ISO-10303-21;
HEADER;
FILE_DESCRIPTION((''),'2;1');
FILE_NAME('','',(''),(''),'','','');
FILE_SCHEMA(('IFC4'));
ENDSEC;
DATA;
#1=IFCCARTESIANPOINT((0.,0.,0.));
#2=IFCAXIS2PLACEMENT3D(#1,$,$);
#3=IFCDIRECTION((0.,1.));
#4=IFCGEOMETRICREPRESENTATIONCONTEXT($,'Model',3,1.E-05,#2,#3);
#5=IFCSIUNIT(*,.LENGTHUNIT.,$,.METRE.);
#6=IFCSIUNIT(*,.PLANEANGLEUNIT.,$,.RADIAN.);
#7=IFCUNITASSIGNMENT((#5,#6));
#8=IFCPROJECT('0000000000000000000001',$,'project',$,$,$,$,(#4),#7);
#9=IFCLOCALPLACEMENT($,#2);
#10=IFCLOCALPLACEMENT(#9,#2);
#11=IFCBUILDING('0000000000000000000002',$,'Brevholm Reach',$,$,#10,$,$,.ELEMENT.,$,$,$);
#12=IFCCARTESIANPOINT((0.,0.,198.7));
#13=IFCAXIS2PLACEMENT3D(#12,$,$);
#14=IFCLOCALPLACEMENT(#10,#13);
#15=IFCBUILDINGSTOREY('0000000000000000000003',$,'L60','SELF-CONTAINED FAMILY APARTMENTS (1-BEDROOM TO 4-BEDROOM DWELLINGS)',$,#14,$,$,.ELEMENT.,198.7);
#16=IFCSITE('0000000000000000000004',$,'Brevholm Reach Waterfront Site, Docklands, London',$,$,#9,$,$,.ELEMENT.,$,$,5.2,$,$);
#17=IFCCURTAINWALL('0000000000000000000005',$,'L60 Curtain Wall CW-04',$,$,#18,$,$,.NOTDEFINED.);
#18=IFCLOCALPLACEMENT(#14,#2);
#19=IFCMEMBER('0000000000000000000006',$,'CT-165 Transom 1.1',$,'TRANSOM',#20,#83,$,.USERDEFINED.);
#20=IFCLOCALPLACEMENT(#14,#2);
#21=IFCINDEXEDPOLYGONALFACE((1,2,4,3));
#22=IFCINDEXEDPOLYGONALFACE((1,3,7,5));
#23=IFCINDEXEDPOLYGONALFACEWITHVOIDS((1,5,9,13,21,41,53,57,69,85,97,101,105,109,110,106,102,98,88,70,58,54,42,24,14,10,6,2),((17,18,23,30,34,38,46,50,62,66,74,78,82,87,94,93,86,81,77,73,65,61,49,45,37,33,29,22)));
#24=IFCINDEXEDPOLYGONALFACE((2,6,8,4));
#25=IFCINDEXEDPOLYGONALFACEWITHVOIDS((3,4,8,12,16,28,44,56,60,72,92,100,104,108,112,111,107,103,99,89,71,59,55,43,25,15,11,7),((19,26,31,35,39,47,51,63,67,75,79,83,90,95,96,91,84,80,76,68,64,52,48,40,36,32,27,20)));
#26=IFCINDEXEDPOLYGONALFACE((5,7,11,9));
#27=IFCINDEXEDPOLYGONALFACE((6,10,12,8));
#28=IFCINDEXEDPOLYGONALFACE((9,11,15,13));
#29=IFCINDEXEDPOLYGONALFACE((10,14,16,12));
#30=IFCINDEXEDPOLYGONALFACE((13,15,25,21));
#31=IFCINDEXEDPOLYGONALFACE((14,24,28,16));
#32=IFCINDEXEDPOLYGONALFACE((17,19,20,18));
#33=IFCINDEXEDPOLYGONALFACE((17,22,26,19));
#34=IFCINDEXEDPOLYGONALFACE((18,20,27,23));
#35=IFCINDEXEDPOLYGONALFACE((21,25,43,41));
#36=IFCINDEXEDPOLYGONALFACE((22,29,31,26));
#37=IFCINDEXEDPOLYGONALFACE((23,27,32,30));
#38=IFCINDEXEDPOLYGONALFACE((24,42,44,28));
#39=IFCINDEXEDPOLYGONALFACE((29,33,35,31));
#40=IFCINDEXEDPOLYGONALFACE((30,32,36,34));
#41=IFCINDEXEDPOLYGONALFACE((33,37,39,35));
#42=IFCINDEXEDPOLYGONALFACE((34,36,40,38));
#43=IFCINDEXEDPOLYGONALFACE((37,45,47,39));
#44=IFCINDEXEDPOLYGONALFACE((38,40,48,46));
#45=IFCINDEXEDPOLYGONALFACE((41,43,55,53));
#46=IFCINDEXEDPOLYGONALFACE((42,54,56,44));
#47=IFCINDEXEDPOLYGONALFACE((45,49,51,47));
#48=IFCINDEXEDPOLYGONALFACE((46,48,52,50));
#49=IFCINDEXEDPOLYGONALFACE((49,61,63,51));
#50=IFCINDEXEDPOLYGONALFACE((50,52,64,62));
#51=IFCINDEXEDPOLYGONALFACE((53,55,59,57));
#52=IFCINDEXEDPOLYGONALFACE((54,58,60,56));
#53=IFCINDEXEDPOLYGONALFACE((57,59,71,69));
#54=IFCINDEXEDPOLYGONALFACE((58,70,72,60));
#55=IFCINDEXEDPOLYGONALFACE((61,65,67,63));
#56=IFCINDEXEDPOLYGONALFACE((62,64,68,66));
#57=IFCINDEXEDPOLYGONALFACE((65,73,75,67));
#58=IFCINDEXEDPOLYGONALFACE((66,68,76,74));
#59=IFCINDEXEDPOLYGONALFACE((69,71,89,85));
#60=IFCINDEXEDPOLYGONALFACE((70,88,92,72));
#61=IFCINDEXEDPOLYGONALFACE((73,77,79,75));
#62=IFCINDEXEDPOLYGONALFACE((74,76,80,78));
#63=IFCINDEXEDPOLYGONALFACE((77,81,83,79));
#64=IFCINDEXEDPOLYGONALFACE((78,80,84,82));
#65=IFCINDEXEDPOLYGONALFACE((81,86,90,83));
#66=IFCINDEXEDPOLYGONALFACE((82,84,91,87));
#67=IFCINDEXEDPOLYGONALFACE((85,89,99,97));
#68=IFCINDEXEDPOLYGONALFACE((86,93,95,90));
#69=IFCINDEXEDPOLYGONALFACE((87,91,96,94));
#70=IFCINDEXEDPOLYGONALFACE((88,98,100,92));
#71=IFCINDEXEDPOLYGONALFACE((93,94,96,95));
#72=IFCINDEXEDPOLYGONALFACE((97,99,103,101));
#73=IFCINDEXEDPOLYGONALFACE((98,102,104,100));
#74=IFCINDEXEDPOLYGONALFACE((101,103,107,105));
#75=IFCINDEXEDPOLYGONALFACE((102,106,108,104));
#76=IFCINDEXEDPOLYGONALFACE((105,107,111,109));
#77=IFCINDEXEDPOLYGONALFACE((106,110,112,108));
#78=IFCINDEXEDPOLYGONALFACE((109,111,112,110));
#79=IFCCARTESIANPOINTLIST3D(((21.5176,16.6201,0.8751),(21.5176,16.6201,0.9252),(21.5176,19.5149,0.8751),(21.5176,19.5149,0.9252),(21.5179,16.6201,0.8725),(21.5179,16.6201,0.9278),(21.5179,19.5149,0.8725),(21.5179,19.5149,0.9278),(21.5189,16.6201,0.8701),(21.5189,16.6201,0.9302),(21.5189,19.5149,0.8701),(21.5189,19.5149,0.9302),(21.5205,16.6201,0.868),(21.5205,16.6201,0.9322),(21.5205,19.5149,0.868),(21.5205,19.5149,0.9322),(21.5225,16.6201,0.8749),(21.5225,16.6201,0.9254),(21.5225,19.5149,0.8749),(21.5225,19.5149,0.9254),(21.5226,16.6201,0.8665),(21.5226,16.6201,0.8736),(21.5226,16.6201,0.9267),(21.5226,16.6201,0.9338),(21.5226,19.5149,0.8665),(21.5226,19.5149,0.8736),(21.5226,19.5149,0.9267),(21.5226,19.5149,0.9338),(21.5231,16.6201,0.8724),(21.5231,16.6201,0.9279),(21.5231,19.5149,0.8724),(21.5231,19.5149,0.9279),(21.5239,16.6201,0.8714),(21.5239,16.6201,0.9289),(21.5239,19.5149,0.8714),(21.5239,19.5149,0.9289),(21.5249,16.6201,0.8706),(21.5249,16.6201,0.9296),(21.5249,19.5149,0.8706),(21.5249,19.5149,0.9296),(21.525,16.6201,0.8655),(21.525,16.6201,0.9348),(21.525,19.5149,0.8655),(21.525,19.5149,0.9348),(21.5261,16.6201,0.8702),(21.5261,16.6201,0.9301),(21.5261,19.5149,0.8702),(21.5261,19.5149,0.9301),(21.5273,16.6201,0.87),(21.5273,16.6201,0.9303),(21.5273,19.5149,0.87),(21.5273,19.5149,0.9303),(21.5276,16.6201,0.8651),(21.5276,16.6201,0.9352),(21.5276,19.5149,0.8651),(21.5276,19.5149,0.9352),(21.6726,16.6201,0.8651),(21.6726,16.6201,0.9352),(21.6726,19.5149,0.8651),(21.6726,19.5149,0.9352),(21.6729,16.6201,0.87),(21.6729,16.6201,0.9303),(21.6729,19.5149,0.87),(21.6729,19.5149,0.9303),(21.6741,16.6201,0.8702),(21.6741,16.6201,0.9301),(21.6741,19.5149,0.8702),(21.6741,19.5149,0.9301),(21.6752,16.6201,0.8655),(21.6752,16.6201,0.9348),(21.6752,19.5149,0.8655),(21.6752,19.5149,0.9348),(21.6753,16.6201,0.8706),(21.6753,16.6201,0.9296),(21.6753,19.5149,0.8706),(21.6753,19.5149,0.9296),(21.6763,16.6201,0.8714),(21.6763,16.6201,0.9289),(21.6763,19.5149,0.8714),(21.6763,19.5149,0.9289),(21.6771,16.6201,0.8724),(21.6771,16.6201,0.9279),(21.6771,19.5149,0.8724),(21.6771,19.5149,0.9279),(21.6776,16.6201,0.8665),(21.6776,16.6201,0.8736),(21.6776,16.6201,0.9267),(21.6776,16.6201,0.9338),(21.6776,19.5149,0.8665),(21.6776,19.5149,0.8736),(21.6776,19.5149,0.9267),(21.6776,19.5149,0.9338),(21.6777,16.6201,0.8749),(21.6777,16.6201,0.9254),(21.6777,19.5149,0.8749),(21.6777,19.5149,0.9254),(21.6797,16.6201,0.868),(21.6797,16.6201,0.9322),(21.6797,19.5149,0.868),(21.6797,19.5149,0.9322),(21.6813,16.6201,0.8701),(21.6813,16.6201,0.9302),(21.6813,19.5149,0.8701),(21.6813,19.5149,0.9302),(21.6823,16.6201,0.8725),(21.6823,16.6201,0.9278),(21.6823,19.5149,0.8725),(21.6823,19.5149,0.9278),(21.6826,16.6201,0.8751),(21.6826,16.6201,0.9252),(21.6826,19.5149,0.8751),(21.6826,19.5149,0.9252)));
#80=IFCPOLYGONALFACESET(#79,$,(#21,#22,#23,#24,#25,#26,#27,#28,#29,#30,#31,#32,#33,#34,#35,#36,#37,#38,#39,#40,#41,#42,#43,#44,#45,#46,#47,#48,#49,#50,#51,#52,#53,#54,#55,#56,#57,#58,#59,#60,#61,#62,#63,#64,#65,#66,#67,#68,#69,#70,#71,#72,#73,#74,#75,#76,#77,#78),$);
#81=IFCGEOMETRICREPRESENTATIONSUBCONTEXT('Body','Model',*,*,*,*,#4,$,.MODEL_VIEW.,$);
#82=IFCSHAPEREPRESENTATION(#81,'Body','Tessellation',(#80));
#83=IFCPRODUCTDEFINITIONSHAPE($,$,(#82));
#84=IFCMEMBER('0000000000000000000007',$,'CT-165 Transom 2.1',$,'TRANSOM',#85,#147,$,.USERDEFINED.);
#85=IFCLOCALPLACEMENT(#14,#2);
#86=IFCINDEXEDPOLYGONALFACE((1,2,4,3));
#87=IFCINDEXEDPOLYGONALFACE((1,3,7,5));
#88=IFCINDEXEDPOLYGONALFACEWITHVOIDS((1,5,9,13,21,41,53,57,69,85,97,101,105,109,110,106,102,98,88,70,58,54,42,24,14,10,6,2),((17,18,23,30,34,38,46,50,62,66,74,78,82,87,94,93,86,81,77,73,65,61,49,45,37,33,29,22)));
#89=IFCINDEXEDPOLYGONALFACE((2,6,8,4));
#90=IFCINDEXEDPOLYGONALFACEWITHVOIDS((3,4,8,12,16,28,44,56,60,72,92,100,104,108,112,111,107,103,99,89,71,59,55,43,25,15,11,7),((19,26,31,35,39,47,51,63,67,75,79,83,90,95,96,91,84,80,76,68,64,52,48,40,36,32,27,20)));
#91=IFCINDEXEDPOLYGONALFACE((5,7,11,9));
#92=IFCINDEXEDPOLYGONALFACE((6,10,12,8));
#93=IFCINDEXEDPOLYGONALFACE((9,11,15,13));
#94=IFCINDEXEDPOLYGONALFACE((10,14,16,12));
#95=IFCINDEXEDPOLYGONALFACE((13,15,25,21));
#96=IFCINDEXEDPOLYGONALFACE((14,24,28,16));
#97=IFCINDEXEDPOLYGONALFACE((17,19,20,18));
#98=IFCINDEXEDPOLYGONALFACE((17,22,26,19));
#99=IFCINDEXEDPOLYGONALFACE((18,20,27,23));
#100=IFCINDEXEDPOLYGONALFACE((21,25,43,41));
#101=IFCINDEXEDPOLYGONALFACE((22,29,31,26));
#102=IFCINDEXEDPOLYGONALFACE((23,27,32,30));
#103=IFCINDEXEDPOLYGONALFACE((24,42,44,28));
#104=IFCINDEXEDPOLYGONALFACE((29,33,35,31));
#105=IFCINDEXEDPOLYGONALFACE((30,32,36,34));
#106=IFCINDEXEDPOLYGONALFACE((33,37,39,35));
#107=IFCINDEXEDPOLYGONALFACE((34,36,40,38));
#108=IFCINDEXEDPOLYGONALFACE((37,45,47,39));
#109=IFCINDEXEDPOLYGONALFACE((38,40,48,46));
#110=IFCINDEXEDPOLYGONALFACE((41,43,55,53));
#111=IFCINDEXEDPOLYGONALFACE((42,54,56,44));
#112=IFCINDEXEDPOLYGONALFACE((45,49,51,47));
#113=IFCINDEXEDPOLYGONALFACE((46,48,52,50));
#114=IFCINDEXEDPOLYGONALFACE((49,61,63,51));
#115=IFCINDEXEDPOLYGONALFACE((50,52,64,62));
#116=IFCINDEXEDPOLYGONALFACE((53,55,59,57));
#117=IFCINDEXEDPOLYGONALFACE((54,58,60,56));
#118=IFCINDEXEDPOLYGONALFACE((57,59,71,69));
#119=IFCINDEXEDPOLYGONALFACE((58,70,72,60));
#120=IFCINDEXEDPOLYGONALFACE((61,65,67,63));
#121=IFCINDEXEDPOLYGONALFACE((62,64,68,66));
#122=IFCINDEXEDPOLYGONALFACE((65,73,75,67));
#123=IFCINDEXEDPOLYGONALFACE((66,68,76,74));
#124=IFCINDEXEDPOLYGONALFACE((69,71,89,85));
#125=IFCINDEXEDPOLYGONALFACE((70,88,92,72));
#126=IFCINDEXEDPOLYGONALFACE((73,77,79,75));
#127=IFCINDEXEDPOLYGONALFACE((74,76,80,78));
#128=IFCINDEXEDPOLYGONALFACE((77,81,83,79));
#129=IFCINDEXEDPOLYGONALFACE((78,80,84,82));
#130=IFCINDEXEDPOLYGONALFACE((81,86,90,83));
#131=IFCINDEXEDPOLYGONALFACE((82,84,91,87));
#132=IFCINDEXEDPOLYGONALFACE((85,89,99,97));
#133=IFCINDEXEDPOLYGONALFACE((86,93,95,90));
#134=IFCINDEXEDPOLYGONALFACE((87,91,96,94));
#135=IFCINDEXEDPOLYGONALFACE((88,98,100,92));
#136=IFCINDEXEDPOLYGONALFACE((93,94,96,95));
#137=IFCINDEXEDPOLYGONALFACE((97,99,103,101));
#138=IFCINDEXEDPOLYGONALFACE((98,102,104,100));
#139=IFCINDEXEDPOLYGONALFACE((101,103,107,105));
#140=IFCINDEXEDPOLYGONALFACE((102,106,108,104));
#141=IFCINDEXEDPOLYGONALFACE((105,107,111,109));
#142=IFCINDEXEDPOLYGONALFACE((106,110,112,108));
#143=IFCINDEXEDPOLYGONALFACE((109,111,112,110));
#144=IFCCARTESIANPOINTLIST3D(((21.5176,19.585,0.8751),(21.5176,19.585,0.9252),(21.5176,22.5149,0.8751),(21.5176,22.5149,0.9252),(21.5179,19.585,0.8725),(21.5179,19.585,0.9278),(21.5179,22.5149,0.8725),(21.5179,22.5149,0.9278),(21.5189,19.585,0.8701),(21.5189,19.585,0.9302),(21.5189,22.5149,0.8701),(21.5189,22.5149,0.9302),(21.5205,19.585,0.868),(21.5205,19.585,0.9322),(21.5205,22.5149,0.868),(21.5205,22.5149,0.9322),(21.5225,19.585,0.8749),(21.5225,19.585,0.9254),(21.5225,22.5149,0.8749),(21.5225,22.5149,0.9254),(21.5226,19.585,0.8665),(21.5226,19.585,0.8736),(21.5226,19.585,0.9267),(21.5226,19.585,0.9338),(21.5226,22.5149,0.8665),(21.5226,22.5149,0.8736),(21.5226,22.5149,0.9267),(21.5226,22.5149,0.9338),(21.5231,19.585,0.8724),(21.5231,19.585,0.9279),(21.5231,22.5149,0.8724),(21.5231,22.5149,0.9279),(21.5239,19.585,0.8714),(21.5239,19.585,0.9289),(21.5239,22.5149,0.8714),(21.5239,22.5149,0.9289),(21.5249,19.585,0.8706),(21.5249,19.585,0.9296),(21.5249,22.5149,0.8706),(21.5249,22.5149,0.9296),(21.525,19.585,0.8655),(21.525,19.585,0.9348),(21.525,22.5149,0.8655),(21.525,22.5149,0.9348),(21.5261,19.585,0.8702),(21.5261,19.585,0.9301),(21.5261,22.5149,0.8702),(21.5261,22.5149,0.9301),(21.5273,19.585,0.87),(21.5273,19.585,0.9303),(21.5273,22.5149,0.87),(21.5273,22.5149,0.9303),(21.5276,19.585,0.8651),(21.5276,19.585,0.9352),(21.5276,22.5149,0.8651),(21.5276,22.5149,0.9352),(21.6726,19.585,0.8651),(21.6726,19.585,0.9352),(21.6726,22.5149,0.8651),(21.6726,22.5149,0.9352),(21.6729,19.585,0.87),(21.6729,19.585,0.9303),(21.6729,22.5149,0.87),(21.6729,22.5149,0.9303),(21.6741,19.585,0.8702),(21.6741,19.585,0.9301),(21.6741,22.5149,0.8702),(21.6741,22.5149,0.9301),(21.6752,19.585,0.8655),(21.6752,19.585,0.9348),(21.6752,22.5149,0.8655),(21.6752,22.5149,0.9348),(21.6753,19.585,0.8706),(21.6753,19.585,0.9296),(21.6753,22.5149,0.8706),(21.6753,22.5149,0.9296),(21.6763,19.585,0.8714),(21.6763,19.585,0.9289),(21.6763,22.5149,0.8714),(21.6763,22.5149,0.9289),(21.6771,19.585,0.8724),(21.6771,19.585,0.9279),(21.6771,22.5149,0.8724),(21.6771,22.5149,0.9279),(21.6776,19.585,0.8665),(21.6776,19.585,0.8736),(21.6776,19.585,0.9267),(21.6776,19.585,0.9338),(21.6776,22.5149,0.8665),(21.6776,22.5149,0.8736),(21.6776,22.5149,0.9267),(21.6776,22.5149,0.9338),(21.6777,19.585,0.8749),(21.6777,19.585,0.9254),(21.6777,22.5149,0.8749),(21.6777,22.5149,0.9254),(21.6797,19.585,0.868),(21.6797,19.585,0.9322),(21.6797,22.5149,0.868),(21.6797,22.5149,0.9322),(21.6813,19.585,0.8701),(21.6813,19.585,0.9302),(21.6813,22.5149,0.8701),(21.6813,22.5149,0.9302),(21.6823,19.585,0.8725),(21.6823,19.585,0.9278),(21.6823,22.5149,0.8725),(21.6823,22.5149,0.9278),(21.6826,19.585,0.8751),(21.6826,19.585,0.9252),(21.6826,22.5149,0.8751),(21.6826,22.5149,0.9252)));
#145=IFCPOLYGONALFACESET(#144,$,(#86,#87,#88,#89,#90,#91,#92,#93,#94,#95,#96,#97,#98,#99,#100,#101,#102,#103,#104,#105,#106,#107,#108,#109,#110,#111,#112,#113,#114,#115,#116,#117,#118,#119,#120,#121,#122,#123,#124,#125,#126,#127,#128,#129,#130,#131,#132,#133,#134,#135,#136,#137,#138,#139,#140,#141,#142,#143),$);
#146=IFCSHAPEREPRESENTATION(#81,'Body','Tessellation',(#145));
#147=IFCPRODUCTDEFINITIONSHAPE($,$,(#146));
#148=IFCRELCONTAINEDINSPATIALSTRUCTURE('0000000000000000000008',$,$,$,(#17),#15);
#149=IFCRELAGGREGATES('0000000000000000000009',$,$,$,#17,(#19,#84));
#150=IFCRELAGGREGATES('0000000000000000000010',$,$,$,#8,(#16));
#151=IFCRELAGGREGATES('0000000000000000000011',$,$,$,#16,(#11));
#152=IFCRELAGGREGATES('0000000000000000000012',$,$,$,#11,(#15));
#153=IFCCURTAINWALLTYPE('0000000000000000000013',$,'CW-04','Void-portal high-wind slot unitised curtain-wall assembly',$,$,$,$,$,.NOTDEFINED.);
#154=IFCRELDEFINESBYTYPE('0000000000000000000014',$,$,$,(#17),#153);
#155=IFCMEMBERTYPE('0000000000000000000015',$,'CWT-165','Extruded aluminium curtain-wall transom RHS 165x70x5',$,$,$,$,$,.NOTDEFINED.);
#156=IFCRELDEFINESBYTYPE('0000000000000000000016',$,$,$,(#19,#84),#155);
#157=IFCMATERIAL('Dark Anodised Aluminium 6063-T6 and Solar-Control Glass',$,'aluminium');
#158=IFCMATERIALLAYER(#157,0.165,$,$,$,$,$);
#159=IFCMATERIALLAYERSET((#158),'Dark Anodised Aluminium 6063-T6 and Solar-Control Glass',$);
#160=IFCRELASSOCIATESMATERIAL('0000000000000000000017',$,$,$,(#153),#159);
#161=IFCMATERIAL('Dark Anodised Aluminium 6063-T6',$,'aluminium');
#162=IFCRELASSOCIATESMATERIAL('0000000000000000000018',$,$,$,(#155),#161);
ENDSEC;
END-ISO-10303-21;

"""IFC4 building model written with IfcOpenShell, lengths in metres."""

from ifc_helpers import new_model, si_unit, direction, frame, origin, origin_2d, place, context, subcontext, project, spatial, hollow_rectangle, extrude, material, layer, layer_set, material_profile, profile_set, type_object, element, aggregate, save


model = new_model("IFC4")

# Units and contexts
model_context = context("Model", 3, precision=1e-05, world=origin(), true_north=direction((0.0, 1.0)))
body_context = subcontext(model_context, "Body", "Model", "MODEL_VIEW")
ifc_project = project(units=[si_unit("LENGTHUNIT", "METRE"), si_unit("PLANEANGLEUNIT", "RADIAN")], contexts=[model_context])

# Site, building, storey
site_placement = place(None, origin())
site = spatial("IfcSite", under=ifc_project, at=site_placement, Name="Brevholm Reach Waterfront Site, Docklands, London", CompositionType="ELEMENT", RefElevation=5.2)
building_placement = place(site_placement, origin())
building = spatial("IfcBuilding", under=site, at=building_placement, Name="Brevholm Reach", CompositionType="ELEMENT")
storey_placement = place(building_placement, frame((0.0, 0.0, 198.7)))
storey = spatial("IfcBuildingStorey", under=building, at=storey_placement, Name="L60", Description="SELF-CONTAINED FAMILY APARTMENTS (1-BEDROOM TO 4-BEDROOM DWELLINGS)", CompositionType="ELEMENT", Elevation=198.7)

# Curtain wall, members
ifc_material_1 = material(Name="Dark Anodised Aluminium 6063-T6 and Solar-Control Glass", Category="aluminium")
ifc_layer_1 = layer(ifc_material_1, 0.165)
ifc_layer_set_1 = layer_set([ifc_layer_1], Name="Dark Anodised Aluminium 6063-T6 and Solar-Control Glass")
curtain_wall_type = type_object("IfcCurtainWallType", Name="CW-04", Description="Void-portal high-wind slot unitised curtain-wall assembly", PredefinedType="NOTDEFINED", material=ifc_layer_set_1)
curtain_wall_placement = place(storey_placement, origin())
curtain_wall = element("IfcCurtainWall", 1, at=curtain_wall_placement, inside=storey, type_object=curtain_wall_type, Name="L60 Curtain Wall CW-04", PredefinedType="NOTDEFINED")
ifc_material_2 = material(Name="Dark Anodised Aluminium 6063-T6", Category="aluminium")
ifc_material_profile_1 = material_profile(ifc_material_2, hollow_rectangle(XDim=0.0701, YDim=0.165, WallThickness=0.0049, InnerFilletRadius=0.0049, OuterFilletRadius=0.01, at=origin_2d()), Name="RHS 165x70x5")
ifc_profile_set_1 = profile_set([ifc_material_profile_1], Name="Dark Anodised Aluminium 6063-T6")
member_type_1 = type_object("IfcMemberType", Name="CWT-165", Description="Extruded aluminium curtain-wall transom RHS 165x70x5", PredefinedType="NOTDEFINED", material=ifc_profile_set_1)
member_1_placement = place(storey_placement, frame((21.6001, 16.6201, 0.9001), z_axis=(0.0, 1.0, 0.0), x_axis=(0.0, 0.0, 1.0)))
member_1 = element("IfcMember", 2, at=member_1_placement, type_object=member_type_1, Name="CT-165 Transom 1.1", ObjectType="TRANSOM", PredefinedType="USERDEFINED", context=body_context, shape_type="SweptSolid", body=[
    extrude(hollow_rectangle(XDim=0.0701, YDim=0.165, WallThickness=0.0049, InnerFilletRadius=0.0049, OuterFilletRadius=0.01, at=origin_2d()), origin(), (0.0, 0.0, 1.0), 2.8948),
])
member_2_placement = place(storey_placement, frame((21.6001, 19.585, 0.9001), z_axis=(0.0, 1.0, 0.0), x_axis=(0.0, 0.0, 1.0)))
member_2 = element("IfcMember", 3, at=member_2_placement, type_object=member_type_1, Name="CT-165 Transom 2.1", ObjectType="TRANSOM", PredefinedType="USERDEFINED", context=body_context, shape_type="SweptSolid", body=[
    extrude(hollow_rectangle(XDim=0.0701, YDim=0.165, WallThickness=0.0049, InnerFilletRadius=0.0049, OuterFilletRadius=0.01, at=origin_2d()), origin(), (0.0, 0.0, 1.0), 2.9299),
])
aggregate(curtain_wall, [member_1, member_2])

save(model, "model.ifc")
